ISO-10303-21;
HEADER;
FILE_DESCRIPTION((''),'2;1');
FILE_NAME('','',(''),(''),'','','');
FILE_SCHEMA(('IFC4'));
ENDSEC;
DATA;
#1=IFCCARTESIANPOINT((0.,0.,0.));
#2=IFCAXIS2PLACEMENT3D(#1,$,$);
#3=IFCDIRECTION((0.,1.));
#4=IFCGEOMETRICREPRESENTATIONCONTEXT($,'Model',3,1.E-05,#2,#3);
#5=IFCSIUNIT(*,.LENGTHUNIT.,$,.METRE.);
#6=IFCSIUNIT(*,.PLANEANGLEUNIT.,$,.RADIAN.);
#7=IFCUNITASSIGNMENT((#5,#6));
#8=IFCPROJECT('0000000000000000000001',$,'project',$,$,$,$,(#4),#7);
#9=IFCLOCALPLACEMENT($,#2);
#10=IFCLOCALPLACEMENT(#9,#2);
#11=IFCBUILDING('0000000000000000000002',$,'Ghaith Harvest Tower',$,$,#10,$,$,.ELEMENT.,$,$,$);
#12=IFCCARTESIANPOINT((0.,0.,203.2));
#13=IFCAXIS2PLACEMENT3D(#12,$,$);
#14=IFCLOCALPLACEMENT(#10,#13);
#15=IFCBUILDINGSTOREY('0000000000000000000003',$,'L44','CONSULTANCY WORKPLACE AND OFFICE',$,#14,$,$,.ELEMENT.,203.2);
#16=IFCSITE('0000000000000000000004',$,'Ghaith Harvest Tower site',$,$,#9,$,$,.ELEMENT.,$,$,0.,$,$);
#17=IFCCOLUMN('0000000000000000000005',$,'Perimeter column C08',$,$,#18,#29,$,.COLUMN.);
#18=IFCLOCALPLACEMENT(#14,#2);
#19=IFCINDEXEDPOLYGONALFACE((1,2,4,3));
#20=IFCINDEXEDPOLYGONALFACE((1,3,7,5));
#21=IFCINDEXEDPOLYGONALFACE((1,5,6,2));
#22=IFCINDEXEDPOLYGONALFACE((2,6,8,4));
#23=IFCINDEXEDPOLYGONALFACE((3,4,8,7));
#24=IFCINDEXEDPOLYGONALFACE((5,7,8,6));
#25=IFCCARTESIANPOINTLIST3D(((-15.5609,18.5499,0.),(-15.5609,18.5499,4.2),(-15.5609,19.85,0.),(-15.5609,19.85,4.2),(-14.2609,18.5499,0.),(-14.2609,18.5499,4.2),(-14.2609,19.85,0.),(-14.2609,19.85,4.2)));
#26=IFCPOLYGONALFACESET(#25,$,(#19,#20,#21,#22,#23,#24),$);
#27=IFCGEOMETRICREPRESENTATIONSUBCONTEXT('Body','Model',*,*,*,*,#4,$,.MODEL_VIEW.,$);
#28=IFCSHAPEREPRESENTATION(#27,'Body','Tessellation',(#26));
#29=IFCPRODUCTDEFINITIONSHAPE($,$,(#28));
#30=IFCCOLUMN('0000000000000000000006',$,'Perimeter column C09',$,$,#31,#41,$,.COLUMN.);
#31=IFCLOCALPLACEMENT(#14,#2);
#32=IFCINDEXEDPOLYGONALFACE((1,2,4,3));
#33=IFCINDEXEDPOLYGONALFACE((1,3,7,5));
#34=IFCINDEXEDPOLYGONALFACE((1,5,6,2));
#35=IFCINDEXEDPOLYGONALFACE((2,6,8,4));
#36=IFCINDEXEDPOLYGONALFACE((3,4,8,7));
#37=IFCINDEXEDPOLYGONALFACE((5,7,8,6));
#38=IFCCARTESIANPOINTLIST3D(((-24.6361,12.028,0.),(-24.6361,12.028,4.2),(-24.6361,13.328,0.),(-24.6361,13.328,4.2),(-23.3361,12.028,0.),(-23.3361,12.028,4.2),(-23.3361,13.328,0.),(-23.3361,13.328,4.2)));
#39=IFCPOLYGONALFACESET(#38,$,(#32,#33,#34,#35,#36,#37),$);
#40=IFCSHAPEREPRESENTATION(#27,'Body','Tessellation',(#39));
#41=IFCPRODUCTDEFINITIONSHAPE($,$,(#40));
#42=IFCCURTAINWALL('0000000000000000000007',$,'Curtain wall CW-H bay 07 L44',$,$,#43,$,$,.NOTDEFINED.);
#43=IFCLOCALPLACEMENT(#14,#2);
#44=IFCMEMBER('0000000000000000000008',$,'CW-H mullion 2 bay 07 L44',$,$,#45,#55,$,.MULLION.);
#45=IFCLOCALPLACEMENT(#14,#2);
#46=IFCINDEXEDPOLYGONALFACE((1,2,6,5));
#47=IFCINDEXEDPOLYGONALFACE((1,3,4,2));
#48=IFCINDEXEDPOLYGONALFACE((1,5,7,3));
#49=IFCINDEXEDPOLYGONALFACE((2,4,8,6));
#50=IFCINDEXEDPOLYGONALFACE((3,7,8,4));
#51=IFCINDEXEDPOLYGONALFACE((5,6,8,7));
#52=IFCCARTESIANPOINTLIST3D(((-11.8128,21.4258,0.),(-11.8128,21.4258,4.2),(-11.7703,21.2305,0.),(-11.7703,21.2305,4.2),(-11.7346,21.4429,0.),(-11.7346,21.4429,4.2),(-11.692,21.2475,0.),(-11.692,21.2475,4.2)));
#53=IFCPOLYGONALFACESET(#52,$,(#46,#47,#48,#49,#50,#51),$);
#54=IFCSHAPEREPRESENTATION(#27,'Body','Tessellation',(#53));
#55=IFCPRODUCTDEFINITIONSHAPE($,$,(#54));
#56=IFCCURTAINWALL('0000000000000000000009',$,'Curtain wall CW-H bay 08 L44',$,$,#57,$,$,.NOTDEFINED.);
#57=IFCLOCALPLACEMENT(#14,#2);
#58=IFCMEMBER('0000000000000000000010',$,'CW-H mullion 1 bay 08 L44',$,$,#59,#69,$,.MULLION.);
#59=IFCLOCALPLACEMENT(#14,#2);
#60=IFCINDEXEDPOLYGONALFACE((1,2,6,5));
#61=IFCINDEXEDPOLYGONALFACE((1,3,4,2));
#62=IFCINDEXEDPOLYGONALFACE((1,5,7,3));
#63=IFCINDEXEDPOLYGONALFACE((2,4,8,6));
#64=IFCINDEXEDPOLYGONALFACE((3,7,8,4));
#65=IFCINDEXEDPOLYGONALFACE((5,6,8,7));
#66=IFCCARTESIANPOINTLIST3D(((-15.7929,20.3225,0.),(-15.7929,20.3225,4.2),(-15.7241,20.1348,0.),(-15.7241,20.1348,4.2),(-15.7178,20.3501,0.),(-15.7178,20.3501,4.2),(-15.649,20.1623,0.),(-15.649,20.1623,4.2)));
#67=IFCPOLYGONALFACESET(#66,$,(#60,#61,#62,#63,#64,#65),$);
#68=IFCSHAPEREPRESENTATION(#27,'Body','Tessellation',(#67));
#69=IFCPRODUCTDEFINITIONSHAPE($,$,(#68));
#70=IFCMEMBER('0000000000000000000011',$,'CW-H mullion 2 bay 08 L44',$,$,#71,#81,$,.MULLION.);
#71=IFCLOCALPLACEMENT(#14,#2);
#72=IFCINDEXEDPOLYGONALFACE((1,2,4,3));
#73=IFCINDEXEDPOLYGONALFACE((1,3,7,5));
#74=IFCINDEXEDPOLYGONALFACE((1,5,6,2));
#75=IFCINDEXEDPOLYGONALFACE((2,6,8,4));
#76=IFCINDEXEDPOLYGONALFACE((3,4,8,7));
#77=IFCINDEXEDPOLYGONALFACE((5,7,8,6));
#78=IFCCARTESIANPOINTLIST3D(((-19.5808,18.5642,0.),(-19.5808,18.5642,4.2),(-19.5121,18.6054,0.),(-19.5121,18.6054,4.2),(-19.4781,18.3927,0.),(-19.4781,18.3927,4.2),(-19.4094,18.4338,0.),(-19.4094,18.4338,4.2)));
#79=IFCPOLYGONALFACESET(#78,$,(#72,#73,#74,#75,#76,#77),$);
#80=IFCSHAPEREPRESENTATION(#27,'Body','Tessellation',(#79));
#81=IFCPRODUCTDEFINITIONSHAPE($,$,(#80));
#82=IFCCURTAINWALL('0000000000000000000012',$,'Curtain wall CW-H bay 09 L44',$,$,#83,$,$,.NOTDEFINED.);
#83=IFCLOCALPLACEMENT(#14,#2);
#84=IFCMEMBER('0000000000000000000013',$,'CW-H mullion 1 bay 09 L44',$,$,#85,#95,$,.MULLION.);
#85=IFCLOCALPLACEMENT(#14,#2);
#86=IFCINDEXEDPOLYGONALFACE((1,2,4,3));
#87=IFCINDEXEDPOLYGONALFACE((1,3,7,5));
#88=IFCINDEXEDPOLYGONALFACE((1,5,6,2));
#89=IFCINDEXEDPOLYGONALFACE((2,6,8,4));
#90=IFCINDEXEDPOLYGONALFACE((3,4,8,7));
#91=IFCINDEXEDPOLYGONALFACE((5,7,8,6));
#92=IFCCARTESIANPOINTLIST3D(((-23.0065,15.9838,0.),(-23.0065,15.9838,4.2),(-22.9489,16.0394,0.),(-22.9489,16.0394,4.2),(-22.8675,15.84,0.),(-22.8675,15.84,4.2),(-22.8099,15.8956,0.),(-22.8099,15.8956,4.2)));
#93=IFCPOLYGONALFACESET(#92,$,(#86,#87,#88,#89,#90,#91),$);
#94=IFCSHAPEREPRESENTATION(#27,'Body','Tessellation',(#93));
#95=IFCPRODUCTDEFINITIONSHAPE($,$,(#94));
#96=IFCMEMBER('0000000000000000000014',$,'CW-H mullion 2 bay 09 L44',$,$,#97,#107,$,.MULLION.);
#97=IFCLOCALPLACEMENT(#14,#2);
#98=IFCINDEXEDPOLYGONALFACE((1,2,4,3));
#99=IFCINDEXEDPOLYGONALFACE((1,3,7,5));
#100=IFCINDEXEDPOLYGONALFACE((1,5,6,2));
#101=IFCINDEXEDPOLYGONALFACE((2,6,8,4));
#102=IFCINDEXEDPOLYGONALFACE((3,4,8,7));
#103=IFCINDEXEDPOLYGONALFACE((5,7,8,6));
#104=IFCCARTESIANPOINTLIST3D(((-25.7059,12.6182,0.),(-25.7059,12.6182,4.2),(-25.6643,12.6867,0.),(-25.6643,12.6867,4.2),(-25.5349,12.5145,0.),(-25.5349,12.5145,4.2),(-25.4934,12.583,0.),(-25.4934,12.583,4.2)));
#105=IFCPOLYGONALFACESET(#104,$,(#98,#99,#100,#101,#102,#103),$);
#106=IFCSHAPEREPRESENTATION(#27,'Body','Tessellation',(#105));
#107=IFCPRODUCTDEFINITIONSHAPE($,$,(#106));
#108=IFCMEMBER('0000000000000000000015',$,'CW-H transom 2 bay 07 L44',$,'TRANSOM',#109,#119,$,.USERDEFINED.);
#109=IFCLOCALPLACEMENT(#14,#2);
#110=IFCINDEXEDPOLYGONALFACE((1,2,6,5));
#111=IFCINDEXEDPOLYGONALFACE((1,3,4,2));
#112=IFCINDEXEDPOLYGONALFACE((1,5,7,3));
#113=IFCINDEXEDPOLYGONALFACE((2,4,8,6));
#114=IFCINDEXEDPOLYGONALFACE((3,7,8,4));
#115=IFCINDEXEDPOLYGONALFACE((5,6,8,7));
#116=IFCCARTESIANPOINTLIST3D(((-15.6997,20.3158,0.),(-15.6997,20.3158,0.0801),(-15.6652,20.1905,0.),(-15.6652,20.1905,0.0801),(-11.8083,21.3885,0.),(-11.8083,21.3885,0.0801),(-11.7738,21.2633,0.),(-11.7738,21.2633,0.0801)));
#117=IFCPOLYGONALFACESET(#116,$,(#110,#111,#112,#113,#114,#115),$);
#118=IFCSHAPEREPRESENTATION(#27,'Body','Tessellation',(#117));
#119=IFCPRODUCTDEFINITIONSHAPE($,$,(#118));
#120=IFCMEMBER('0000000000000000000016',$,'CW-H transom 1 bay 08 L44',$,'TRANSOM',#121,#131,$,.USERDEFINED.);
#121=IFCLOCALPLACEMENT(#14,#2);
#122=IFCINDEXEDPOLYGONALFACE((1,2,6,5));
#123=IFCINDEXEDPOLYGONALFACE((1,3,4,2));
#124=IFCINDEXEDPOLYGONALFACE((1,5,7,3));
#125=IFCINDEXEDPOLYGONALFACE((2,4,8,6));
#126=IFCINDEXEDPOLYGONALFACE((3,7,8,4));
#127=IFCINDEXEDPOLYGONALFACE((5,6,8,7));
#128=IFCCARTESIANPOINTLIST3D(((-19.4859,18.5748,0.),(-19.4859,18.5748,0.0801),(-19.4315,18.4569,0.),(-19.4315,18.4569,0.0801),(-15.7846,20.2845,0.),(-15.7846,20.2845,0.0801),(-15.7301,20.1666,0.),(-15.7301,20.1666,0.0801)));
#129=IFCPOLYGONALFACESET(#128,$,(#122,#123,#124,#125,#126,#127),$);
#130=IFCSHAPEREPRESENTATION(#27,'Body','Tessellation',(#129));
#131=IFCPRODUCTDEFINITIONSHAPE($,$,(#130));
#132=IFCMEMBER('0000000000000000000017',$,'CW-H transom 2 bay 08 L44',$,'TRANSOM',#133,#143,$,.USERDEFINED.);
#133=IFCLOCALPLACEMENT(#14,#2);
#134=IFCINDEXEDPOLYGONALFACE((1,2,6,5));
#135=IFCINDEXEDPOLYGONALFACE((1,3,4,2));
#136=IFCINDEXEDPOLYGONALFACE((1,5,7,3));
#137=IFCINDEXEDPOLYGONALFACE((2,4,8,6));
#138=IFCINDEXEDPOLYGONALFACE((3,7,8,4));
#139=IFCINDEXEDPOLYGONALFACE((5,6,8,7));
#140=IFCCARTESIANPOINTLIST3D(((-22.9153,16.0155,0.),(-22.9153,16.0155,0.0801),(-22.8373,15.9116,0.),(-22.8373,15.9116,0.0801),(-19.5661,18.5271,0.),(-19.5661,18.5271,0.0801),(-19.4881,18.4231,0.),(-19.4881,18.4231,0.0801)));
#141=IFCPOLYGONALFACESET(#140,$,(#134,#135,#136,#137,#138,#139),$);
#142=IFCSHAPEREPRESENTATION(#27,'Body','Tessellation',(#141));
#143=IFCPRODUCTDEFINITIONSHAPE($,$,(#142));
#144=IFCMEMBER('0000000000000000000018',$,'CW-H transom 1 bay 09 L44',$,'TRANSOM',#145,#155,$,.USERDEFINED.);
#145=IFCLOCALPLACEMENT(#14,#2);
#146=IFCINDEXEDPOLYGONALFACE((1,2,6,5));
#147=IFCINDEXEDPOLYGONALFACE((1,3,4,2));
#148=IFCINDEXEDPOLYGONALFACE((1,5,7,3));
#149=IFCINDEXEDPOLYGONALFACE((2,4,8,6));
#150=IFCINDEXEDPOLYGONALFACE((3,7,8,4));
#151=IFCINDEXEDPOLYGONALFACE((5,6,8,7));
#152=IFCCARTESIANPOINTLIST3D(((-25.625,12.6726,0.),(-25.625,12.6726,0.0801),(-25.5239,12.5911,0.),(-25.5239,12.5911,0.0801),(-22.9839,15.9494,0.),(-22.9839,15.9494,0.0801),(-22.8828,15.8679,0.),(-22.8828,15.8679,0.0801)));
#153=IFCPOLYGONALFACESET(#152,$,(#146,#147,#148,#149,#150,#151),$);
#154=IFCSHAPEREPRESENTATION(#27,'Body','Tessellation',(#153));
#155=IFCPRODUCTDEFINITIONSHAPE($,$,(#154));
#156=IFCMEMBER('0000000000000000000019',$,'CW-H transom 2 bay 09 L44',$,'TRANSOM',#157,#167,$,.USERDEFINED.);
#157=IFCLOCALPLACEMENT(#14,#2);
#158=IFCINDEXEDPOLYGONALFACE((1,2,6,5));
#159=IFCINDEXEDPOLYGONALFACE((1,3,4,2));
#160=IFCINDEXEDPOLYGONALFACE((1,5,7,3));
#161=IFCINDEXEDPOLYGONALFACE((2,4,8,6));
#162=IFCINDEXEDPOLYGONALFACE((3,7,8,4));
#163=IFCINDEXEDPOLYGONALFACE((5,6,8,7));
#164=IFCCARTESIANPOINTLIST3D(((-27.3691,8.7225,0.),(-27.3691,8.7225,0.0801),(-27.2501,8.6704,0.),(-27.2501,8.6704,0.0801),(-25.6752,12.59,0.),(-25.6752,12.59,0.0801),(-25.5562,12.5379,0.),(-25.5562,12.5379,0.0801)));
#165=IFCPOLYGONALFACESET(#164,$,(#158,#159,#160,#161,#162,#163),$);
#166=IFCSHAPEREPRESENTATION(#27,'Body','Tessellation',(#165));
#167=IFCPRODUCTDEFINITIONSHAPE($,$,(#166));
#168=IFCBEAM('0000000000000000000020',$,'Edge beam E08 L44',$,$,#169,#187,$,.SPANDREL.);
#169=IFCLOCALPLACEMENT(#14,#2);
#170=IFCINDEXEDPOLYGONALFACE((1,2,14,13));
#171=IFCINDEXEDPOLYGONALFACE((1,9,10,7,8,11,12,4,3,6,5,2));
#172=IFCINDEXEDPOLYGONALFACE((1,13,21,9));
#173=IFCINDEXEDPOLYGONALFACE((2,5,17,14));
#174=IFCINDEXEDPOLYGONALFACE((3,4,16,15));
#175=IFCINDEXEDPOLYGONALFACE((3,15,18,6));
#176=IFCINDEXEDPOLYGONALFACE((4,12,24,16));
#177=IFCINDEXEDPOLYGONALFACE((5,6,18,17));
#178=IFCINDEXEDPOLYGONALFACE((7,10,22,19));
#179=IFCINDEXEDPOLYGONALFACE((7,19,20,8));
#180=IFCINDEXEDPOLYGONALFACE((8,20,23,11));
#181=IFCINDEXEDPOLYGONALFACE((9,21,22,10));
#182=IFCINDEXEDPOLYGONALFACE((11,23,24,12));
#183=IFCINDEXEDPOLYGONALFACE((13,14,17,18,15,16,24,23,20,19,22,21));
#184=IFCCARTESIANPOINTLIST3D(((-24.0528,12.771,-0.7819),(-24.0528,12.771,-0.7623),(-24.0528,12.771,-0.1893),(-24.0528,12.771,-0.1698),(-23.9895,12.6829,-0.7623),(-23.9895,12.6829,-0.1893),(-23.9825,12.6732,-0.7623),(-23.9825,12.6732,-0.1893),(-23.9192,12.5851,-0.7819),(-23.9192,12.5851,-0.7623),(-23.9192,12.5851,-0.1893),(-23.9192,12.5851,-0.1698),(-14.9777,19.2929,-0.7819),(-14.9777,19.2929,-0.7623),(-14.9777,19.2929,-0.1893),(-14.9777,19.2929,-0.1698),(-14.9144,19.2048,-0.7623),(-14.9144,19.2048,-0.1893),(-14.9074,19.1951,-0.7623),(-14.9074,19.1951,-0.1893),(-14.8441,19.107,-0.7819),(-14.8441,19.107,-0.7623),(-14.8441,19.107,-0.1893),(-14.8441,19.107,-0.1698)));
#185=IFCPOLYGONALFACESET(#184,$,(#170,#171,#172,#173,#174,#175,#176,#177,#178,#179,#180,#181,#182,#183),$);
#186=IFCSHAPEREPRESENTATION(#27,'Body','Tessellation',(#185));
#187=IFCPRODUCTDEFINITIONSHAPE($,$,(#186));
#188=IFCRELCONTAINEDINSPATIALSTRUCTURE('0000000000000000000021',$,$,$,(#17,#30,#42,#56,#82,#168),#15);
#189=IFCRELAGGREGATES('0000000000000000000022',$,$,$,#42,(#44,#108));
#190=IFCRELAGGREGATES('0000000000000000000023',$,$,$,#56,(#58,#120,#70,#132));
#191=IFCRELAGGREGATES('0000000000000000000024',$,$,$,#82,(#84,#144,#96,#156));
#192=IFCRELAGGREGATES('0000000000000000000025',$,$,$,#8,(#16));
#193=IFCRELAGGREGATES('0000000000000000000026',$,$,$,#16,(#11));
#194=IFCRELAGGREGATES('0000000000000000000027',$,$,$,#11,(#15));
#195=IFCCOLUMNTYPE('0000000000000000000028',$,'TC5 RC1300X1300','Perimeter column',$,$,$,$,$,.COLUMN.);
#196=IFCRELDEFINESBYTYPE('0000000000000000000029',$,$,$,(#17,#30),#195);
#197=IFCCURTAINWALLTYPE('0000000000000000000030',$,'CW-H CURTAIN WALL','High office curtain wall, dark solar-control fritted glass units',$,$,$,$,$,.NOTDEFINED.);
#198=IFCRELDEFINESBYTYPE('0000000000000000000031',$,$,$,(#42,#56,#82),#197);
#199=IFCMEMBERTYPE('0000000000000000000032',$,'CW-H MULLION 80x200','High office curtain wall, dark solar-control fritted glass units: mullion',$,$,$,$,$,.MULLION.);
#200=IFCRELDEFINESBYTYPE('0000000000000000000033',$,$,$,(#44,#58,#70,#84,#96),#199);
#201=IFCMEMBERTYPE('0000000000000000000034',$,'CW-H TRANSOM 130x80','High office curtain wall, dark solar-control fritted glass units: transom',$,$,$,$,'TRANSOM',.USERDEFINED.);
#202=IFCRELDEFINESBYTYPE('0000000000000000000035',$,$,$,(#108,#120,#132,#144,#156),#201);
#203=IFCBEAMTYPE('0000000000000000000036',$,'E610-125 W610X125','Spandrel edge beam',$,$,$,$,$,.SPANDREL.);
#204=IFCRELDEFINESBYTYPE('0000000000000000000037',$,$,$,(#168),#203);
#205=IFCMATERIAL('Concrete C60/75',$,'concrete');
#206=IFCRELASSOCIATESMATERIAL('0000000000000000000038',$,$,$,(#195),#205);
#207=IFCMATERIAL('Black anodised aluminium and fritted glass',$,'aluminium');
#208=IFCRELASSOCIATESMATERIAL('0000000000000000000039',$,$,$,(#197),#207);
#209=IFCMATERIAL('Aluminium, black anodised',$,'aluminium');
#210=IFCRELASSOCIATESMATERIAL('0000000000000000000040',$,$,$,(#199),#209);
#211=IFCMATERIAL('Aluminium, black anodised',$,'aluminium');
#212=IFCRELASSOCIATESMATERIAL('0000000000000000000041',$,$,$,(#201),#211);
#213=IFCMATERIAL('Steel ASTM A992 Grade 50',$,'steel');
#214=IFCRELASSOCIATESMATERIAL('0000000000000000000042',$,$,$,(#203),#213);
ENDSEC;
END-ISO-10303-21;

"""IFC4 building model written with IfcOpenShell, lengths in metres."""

from ifc_helpers import new_model, si_unit, direction, frame, origin, origin_2d, place, context, subcontext, project, spatial, rectangle, i_section, extrude, material, material_profile, profile_set, type_object, element, aggregate, save


model = new_model("IFC4")

# Units and contexts
model_context = context("Model", 3, precision=1e-05, world=origin(), true_north=direction((0.0, 1.0)))
body_context = subcontext(model_context, "Body", "Model", "MODEL_VIEW")
ifc_project = project(units=[si_unit("LENGTHUNIT", "METRE"), si_unit("PLANEANGLEUNIT", "RADIAN")], contexts=[model_context])

# Site, building, storey
site_placement = place(None, origin())
site = spatial("IfcSite", under=ifc_project, at=site_placement, Name="Ghaith Harvest Tower site", CompositionType="ELEMENT", RefElevation=0.0)
building_placement = place(site_placement, origin())
building = spatial("IfcBuilding", under=site, at=building_placement, Name="Ghaith Harvest Tower", CompositionType="ELEMENT")
storey_placement = place(building_placement, frame((0.0, 0.0, 203.2)))
storey = spatial("IfcBuildingStorey", under=building, at=storey_placement, Name="L44", Description="CONSULTANCY WORKPLACE AND OFFICE", CompositionType="ELEMENT", Elevation=203.2)

# Columns
ifc_material_1 = material(Name="Concrete C60/75", Category="concrete")
ifc_material_profile_1 = material_profile(ifc_material_1, rectangle(XDim=1.3, YDim=1.3, at=origin_2d()), Name="RC1300X1300")
ifc_profile_set_1 = profile_set([ifc_material_profile_1], Name="Concrete C60/75")
column_type = type_object("IfcColumnType", Name="TC5 RC1300X1300", Description="Perimeter column", PredefinedType="COLUMN", material=ifc_profile_set_1)
for number, where, z_axis, x_axis, name in (
    (1, (-14.9109, 19.2, 0.0), (0.0, 0.0, 1.0), (1.0, 0.0, 0.0), "Perimeter column C08"),
    (2, (-23.9861, 12.678, 0.0), (0.0, 0.0, 1.0), (1.0, 0.0, 0.0), "Perimeter column C09"),
):
    element("IfcColumn", number, at=place(storey_placement, frame(where, z_axis=z_axis, x_axis=x_axis)), inside=storey, type_object=column_type, Name=name, PredefinedType="COLUMN", context=body_context, shape_type="SweptSolid", body=[
        extrude(rectangle(XDim=1.3, YDim=1.3, at=origin_2d()), origin(), (0.0, 0.0, 1.0), 4.2),
    ])

# Curtain wall, member
ifc_material_2 = material(Name="Black anodised aluminium and fritted glass", Category="aluminium")
curtain_wall_type = type_object("IfcCurtainWallType", Name="CW-H CURTAIN WALL", Description="High office curtain wall, dark solar-control fritted glass units", PredefinedType="NOTDEFINED", material=ifc_material_2)
curtain_wall_1_placement = place(storey_placement, origin())
curtain_wall_1 = element("IfcCurtainWall", 3, at=curtain_wall_1_placement, inside=storey, type_object=curtain_wall_type, Name="Curtain wall CW-H bay 07 L44", PredefinedType="NOTDEFINED")
ifc_material_3 = material(Name="Aluminium, black anodised", Category="aluminium")
ifc_material_profile_2 = material_profile(ifc_material_3, rectangle(XDim=0.0801, YDim=0.2, at=origin_2d()), Name="CW-H MULLION 80x200")
ifc_profile_set_2 = profile_set([ifc_material_profile_2], Name="Aluminium, black anodised")
member_type_1 = type_object("IfcMemberType", Name="CW-H MULLION 80x200", Description="High office curtain wall, dark solar-control fritted glass units: mullion", PredefinedType="MULLION", material=ifc_profile_set_2)
member_1_placement = place(storey_placement, frame((-11.7524, 21.3367, 0.0), z_axis=(0.0, 0.0, 1.0), x_axis=(-0.977086, -0.212843, 0.0)))
member_1 = element("IfcMember", 4, at=member_1_placement, type_object=member_type_1, Name="CW-H mullion 2 bay 07 L44", PredefinedType="MULLION", context=body_context, shape_type="SweptSolid", body=[
    extrude(rectangle(XDim=0.0801, YDim=0.2, at=origin_2d()), origin(), (0.0, 0.0, 1.0), 4.2),
])

# Curtain walls, members
curtain_wall_2_placement = place(storey_placement, origin())
curtain_wall_2 = element("IfcCurtainWall", 5, at=curtain_wall_2_placement, inside=storey, type_object=curtain_wall_type, Name="Curtain wall CW-H bay 08 L44", PredefinedType="NOTDEFINED")
member_2_placement = place(storey_placement, frame((-15.7209, 20.2424, 0.0), z_axis=(0.0, 0.0, 1.0), x_axis=(-0.938931, -0.344106, 0.0)))
member_2 = element("IfcMember", 6, at=member_2_placement, type_object=member_type_1, Name="CW-H mullion 1 bay 08 L44", PredefinedType="MULLION", context=body_context, shape_type="SweptSolid", body=[
    extrude(rectangle(XDim=0.0801, YDim=0.2, at=origin_2d()), origin(), (0.0, 0.0, 1.0), 4.2),
])
member_3_placement = place(storey_placement, frame((-19.4951, 18.499, 0.0), z_axis=(0.0, 0.0, 1.0), x_axis=(-0.857999, -0.513652, 0.0)))
member_3 = element("IfcMember", 7, at=member_3_placement, type_object=member_type_1, Name="CW-H mullion 2 bay 08 L44", PredefinedType="MULLION", context=body_context, shape_type="SweptSolid", body=[
    extrude(rectangle(XDim=0.0801, YDim=0.2, at=origin_2d()), origin(), (0.0, 0.0, 1.0), 4.2),
])
curtain_wall_3_placement = place(storey_placement, origin())
curtain_wall_3 = element("IfcCurtainWall", 8, at=curtain_wall_3_placement, inside=storey, type_object=curtain_wall_type, Name="Curtain wall CW-H bay 09 L44", PredefinedType="NOTDEFINED")
member_4_placement = place(storey_placement, frame((-22.9082, 15.9397, 0.0), z_axis=(0.0, 0.0, 1.0), x_axis=(-0.719146, -0.694859, 0.0)))
member_4 = element("IfcMember", 9, at=member_4_placement, type_object=member_type_1, Name="CW-H mullion 1 bay 09 L44", PredefinedType="MULLION", context=body_context, shape_type="SweptSolid", body=[
    extrude(rectangle(XDim=0.0801, YDim=0.2, at=origin_2d()), origin(), (0.0, 0.0, 1.0), 4.2),
])
member_5_placement = place(storey_placement, frame((-25.5996, 12.6006, 0.0), z_axis=(0.0, 0.0, 1.0), x_axis=(-0.518769, -0.854914, 0.0)))
member_5 = element("IfcMember", 10, at=member_5_placement, type_object=member_type_1, Name="CW-H mullion 2 bay 09 L44", PredefinedType="MULLION", context=body_context, shape_type="SweptSolid", body=[
    extrude(rectangle(XDim=0.0801, YDim=0.2, at=origin_2d()), origin(), (0.0, 0.0, 1.0), 4.2),
])

# Members
ifc_material_4 = material(Name="Aluminium, black anodised", Category="aluminium")
ifc_material_profile_3 = material_profile(ifc_material_4, rectangle(XDim=0.1299, YDim=0.0801, at=origin_2d()), Name="CW-H TRANSOM 130x80")
ifc_profile_set_3 = profile_set([ifc_material_profile_3], Name="Aluminium, black anodised")
member_type_2 = type_object("IfcMemberType", Name="CW-H TRANSOM 130x80", Description="High office curtain wall, dark solar-control fritted glass units: transom", ElementType="TRANSOM", PredefinedType="USERDEFINED", material=ifc_profile_set_3)
member_6_placement = place(storey_placement, frame((-11.791, 21.3259, 0.04), z_axis=(-0.964039, -0.265762, 0.0), x_axis=(0.265762, -0.964039, 0.0)))
member_6 = element("IfcMember", 11, at=member_6_placement, type_object=member_type_2, Name="CW-H transom 2 bay 07 L44", ObjectType="TRANSOM", PredefinedType="USERDEFINED", context=body_context, shape_type="SweptSolid", body=[
    extrude(rectangle(XDim=0.1299, YDim=0.0801, at=origin_2d()), origin(), (0.0, 0.0, 1.0), 4.0366),
])
member_7_placement = place(storey_placement, frame((-15.7573, 20.2256, 0.04), z_axis=(-0.907831, -0.419335, 0.0), x_axis=(0.419335, -0.907831, 0.0)))
member_7 = element("IfcMember", 12, at=member_7_placement, type_object=member_type_2, Name="CW-H transom 1 bay 08 L44", ObjectType="TRANSOM", PredefinedType="USERDEFINED", context=body_context, shape_type="SweptSolid", body=[
    extrude(rectangle(XDim=0.1299, YDim=0.0801, at=origin_2d()), origin(), (0.0, 0.0, 1.0), 4.0771),
])
member_8_placement = place(storey_placement, frame((-19.5271, 18.4751, 0.04), z_axis=(-0.800042, -0.599944, 0.0), x_axis=(0.599944, -0.800042, 0.0)))
member_8 = element("IfcMember", 13, at=member_8_placement, type_object=member_type_2, Name="CW-H transom 2 bay 08 L44", ObjectType="TRANSOM", PredefinedType="USERDEFINED", context=body_context, shape_type="SweptSolid", body=[
    extrude(rectangle(XDim=0.1299, YDim=0.0801, at=origin_2d()), origin(), (0.0, 0.0, 1.0), 4.1863),
])
member_9_placement = place(storey_placement, frame((-22.9333, 15.9087, 0.04), z_axis=(-0.627535, -0.778589, 0.0), x_axis=(0.778589, -0.627535, 0.0)))
member_9 = element("IfcMember", 14, at=member_9_placement, type_object=member_type_2, Name="CW-H transom 1 bay 09 L44", ObjectType="TRANSOM", PredefinedType="USERDEFINED", context=body_context, shape_type="SweptSolid", body=[
    extrude(rectangle(XDim=0.1299, YDim=0.0801, at=origin_2d()), origin(), (0.0, 0.0, 1.0), 4.2087),
])
member_10_placement = place(storey_placement, frame((-25.6157, 12.564, 0.04), z_axis=(-0.401186, -0.915997, 0.0), x_axis=(0.915997, -0.401186, 0.0)))
member_10 = element("IfcMember", 15, at=member_10_placement, type_object=member_type_2, Name="CW-H transom 2 bay 09 L44", ObjectType="TRANSOM", PredefinedType="USERDEFINED", context=body_context, shape_type="SweptSolid", body=[
    extrude(rectangle(XDim=0.1299, YDim=0.0801, at=origin_2d()), origin(), (0.0, 0.0, 1.0), 4.2222),
])

# Beam
ifc_material_5 = material(Name="Steel ASTM A992 Grade 50", Category="steel")
ifc_material_profile_4 = material_profile(ifc_material_5, i_section(OverallWidth=0.229, OverallDepth=0.6121, WebThickness=0.012, FlangeThickness=0.0195, at=origin_2d()), Name="W610X125")
ifc_profile_set_4 = profile_set([ifc_material_profile_4], Name="Steel ASTM A992 Grade 50")
beam_type_1 = type_object("IfcBeamType", Name="E610-125 W610X125", Description="Spandrel edge beam", PredefinedType="SPANDREL", material=ifc_profile_set_4)
beam_1_placement = place(storey_placement, frame((-14.9109, 19.2, -0.4758), z_axis=(-0.81205, -0.583587, 0.0), x_axis=(0.583587, -0.81205, 0.0)))
element("IfcBeam", 16, at=beam_1_placement, inside=storey, type_object=beam_type_1, Name="Edge beam E08 L44", PredefinedType="SPANDREL", context=body_context, shape_type="SweptSolid", body=[
    extrude(i_section(OverallWidth=0.229, OverallDepth=0.6121, WebThickness=0.012, FlangeThickness=0.0195, at=origin_2d()), origin(), (0.0, 0.0, 1.0), 11.1755),
])

aggregate(curtain_wall_1, [member_1, member_6])
aggregate(curtain_wall_2, [member_2, member_7, member_3, member_8])
aggregate(curtain_wall_3, [member_4, member_9, member_5, member_10])

save(model, "model.ifc")
